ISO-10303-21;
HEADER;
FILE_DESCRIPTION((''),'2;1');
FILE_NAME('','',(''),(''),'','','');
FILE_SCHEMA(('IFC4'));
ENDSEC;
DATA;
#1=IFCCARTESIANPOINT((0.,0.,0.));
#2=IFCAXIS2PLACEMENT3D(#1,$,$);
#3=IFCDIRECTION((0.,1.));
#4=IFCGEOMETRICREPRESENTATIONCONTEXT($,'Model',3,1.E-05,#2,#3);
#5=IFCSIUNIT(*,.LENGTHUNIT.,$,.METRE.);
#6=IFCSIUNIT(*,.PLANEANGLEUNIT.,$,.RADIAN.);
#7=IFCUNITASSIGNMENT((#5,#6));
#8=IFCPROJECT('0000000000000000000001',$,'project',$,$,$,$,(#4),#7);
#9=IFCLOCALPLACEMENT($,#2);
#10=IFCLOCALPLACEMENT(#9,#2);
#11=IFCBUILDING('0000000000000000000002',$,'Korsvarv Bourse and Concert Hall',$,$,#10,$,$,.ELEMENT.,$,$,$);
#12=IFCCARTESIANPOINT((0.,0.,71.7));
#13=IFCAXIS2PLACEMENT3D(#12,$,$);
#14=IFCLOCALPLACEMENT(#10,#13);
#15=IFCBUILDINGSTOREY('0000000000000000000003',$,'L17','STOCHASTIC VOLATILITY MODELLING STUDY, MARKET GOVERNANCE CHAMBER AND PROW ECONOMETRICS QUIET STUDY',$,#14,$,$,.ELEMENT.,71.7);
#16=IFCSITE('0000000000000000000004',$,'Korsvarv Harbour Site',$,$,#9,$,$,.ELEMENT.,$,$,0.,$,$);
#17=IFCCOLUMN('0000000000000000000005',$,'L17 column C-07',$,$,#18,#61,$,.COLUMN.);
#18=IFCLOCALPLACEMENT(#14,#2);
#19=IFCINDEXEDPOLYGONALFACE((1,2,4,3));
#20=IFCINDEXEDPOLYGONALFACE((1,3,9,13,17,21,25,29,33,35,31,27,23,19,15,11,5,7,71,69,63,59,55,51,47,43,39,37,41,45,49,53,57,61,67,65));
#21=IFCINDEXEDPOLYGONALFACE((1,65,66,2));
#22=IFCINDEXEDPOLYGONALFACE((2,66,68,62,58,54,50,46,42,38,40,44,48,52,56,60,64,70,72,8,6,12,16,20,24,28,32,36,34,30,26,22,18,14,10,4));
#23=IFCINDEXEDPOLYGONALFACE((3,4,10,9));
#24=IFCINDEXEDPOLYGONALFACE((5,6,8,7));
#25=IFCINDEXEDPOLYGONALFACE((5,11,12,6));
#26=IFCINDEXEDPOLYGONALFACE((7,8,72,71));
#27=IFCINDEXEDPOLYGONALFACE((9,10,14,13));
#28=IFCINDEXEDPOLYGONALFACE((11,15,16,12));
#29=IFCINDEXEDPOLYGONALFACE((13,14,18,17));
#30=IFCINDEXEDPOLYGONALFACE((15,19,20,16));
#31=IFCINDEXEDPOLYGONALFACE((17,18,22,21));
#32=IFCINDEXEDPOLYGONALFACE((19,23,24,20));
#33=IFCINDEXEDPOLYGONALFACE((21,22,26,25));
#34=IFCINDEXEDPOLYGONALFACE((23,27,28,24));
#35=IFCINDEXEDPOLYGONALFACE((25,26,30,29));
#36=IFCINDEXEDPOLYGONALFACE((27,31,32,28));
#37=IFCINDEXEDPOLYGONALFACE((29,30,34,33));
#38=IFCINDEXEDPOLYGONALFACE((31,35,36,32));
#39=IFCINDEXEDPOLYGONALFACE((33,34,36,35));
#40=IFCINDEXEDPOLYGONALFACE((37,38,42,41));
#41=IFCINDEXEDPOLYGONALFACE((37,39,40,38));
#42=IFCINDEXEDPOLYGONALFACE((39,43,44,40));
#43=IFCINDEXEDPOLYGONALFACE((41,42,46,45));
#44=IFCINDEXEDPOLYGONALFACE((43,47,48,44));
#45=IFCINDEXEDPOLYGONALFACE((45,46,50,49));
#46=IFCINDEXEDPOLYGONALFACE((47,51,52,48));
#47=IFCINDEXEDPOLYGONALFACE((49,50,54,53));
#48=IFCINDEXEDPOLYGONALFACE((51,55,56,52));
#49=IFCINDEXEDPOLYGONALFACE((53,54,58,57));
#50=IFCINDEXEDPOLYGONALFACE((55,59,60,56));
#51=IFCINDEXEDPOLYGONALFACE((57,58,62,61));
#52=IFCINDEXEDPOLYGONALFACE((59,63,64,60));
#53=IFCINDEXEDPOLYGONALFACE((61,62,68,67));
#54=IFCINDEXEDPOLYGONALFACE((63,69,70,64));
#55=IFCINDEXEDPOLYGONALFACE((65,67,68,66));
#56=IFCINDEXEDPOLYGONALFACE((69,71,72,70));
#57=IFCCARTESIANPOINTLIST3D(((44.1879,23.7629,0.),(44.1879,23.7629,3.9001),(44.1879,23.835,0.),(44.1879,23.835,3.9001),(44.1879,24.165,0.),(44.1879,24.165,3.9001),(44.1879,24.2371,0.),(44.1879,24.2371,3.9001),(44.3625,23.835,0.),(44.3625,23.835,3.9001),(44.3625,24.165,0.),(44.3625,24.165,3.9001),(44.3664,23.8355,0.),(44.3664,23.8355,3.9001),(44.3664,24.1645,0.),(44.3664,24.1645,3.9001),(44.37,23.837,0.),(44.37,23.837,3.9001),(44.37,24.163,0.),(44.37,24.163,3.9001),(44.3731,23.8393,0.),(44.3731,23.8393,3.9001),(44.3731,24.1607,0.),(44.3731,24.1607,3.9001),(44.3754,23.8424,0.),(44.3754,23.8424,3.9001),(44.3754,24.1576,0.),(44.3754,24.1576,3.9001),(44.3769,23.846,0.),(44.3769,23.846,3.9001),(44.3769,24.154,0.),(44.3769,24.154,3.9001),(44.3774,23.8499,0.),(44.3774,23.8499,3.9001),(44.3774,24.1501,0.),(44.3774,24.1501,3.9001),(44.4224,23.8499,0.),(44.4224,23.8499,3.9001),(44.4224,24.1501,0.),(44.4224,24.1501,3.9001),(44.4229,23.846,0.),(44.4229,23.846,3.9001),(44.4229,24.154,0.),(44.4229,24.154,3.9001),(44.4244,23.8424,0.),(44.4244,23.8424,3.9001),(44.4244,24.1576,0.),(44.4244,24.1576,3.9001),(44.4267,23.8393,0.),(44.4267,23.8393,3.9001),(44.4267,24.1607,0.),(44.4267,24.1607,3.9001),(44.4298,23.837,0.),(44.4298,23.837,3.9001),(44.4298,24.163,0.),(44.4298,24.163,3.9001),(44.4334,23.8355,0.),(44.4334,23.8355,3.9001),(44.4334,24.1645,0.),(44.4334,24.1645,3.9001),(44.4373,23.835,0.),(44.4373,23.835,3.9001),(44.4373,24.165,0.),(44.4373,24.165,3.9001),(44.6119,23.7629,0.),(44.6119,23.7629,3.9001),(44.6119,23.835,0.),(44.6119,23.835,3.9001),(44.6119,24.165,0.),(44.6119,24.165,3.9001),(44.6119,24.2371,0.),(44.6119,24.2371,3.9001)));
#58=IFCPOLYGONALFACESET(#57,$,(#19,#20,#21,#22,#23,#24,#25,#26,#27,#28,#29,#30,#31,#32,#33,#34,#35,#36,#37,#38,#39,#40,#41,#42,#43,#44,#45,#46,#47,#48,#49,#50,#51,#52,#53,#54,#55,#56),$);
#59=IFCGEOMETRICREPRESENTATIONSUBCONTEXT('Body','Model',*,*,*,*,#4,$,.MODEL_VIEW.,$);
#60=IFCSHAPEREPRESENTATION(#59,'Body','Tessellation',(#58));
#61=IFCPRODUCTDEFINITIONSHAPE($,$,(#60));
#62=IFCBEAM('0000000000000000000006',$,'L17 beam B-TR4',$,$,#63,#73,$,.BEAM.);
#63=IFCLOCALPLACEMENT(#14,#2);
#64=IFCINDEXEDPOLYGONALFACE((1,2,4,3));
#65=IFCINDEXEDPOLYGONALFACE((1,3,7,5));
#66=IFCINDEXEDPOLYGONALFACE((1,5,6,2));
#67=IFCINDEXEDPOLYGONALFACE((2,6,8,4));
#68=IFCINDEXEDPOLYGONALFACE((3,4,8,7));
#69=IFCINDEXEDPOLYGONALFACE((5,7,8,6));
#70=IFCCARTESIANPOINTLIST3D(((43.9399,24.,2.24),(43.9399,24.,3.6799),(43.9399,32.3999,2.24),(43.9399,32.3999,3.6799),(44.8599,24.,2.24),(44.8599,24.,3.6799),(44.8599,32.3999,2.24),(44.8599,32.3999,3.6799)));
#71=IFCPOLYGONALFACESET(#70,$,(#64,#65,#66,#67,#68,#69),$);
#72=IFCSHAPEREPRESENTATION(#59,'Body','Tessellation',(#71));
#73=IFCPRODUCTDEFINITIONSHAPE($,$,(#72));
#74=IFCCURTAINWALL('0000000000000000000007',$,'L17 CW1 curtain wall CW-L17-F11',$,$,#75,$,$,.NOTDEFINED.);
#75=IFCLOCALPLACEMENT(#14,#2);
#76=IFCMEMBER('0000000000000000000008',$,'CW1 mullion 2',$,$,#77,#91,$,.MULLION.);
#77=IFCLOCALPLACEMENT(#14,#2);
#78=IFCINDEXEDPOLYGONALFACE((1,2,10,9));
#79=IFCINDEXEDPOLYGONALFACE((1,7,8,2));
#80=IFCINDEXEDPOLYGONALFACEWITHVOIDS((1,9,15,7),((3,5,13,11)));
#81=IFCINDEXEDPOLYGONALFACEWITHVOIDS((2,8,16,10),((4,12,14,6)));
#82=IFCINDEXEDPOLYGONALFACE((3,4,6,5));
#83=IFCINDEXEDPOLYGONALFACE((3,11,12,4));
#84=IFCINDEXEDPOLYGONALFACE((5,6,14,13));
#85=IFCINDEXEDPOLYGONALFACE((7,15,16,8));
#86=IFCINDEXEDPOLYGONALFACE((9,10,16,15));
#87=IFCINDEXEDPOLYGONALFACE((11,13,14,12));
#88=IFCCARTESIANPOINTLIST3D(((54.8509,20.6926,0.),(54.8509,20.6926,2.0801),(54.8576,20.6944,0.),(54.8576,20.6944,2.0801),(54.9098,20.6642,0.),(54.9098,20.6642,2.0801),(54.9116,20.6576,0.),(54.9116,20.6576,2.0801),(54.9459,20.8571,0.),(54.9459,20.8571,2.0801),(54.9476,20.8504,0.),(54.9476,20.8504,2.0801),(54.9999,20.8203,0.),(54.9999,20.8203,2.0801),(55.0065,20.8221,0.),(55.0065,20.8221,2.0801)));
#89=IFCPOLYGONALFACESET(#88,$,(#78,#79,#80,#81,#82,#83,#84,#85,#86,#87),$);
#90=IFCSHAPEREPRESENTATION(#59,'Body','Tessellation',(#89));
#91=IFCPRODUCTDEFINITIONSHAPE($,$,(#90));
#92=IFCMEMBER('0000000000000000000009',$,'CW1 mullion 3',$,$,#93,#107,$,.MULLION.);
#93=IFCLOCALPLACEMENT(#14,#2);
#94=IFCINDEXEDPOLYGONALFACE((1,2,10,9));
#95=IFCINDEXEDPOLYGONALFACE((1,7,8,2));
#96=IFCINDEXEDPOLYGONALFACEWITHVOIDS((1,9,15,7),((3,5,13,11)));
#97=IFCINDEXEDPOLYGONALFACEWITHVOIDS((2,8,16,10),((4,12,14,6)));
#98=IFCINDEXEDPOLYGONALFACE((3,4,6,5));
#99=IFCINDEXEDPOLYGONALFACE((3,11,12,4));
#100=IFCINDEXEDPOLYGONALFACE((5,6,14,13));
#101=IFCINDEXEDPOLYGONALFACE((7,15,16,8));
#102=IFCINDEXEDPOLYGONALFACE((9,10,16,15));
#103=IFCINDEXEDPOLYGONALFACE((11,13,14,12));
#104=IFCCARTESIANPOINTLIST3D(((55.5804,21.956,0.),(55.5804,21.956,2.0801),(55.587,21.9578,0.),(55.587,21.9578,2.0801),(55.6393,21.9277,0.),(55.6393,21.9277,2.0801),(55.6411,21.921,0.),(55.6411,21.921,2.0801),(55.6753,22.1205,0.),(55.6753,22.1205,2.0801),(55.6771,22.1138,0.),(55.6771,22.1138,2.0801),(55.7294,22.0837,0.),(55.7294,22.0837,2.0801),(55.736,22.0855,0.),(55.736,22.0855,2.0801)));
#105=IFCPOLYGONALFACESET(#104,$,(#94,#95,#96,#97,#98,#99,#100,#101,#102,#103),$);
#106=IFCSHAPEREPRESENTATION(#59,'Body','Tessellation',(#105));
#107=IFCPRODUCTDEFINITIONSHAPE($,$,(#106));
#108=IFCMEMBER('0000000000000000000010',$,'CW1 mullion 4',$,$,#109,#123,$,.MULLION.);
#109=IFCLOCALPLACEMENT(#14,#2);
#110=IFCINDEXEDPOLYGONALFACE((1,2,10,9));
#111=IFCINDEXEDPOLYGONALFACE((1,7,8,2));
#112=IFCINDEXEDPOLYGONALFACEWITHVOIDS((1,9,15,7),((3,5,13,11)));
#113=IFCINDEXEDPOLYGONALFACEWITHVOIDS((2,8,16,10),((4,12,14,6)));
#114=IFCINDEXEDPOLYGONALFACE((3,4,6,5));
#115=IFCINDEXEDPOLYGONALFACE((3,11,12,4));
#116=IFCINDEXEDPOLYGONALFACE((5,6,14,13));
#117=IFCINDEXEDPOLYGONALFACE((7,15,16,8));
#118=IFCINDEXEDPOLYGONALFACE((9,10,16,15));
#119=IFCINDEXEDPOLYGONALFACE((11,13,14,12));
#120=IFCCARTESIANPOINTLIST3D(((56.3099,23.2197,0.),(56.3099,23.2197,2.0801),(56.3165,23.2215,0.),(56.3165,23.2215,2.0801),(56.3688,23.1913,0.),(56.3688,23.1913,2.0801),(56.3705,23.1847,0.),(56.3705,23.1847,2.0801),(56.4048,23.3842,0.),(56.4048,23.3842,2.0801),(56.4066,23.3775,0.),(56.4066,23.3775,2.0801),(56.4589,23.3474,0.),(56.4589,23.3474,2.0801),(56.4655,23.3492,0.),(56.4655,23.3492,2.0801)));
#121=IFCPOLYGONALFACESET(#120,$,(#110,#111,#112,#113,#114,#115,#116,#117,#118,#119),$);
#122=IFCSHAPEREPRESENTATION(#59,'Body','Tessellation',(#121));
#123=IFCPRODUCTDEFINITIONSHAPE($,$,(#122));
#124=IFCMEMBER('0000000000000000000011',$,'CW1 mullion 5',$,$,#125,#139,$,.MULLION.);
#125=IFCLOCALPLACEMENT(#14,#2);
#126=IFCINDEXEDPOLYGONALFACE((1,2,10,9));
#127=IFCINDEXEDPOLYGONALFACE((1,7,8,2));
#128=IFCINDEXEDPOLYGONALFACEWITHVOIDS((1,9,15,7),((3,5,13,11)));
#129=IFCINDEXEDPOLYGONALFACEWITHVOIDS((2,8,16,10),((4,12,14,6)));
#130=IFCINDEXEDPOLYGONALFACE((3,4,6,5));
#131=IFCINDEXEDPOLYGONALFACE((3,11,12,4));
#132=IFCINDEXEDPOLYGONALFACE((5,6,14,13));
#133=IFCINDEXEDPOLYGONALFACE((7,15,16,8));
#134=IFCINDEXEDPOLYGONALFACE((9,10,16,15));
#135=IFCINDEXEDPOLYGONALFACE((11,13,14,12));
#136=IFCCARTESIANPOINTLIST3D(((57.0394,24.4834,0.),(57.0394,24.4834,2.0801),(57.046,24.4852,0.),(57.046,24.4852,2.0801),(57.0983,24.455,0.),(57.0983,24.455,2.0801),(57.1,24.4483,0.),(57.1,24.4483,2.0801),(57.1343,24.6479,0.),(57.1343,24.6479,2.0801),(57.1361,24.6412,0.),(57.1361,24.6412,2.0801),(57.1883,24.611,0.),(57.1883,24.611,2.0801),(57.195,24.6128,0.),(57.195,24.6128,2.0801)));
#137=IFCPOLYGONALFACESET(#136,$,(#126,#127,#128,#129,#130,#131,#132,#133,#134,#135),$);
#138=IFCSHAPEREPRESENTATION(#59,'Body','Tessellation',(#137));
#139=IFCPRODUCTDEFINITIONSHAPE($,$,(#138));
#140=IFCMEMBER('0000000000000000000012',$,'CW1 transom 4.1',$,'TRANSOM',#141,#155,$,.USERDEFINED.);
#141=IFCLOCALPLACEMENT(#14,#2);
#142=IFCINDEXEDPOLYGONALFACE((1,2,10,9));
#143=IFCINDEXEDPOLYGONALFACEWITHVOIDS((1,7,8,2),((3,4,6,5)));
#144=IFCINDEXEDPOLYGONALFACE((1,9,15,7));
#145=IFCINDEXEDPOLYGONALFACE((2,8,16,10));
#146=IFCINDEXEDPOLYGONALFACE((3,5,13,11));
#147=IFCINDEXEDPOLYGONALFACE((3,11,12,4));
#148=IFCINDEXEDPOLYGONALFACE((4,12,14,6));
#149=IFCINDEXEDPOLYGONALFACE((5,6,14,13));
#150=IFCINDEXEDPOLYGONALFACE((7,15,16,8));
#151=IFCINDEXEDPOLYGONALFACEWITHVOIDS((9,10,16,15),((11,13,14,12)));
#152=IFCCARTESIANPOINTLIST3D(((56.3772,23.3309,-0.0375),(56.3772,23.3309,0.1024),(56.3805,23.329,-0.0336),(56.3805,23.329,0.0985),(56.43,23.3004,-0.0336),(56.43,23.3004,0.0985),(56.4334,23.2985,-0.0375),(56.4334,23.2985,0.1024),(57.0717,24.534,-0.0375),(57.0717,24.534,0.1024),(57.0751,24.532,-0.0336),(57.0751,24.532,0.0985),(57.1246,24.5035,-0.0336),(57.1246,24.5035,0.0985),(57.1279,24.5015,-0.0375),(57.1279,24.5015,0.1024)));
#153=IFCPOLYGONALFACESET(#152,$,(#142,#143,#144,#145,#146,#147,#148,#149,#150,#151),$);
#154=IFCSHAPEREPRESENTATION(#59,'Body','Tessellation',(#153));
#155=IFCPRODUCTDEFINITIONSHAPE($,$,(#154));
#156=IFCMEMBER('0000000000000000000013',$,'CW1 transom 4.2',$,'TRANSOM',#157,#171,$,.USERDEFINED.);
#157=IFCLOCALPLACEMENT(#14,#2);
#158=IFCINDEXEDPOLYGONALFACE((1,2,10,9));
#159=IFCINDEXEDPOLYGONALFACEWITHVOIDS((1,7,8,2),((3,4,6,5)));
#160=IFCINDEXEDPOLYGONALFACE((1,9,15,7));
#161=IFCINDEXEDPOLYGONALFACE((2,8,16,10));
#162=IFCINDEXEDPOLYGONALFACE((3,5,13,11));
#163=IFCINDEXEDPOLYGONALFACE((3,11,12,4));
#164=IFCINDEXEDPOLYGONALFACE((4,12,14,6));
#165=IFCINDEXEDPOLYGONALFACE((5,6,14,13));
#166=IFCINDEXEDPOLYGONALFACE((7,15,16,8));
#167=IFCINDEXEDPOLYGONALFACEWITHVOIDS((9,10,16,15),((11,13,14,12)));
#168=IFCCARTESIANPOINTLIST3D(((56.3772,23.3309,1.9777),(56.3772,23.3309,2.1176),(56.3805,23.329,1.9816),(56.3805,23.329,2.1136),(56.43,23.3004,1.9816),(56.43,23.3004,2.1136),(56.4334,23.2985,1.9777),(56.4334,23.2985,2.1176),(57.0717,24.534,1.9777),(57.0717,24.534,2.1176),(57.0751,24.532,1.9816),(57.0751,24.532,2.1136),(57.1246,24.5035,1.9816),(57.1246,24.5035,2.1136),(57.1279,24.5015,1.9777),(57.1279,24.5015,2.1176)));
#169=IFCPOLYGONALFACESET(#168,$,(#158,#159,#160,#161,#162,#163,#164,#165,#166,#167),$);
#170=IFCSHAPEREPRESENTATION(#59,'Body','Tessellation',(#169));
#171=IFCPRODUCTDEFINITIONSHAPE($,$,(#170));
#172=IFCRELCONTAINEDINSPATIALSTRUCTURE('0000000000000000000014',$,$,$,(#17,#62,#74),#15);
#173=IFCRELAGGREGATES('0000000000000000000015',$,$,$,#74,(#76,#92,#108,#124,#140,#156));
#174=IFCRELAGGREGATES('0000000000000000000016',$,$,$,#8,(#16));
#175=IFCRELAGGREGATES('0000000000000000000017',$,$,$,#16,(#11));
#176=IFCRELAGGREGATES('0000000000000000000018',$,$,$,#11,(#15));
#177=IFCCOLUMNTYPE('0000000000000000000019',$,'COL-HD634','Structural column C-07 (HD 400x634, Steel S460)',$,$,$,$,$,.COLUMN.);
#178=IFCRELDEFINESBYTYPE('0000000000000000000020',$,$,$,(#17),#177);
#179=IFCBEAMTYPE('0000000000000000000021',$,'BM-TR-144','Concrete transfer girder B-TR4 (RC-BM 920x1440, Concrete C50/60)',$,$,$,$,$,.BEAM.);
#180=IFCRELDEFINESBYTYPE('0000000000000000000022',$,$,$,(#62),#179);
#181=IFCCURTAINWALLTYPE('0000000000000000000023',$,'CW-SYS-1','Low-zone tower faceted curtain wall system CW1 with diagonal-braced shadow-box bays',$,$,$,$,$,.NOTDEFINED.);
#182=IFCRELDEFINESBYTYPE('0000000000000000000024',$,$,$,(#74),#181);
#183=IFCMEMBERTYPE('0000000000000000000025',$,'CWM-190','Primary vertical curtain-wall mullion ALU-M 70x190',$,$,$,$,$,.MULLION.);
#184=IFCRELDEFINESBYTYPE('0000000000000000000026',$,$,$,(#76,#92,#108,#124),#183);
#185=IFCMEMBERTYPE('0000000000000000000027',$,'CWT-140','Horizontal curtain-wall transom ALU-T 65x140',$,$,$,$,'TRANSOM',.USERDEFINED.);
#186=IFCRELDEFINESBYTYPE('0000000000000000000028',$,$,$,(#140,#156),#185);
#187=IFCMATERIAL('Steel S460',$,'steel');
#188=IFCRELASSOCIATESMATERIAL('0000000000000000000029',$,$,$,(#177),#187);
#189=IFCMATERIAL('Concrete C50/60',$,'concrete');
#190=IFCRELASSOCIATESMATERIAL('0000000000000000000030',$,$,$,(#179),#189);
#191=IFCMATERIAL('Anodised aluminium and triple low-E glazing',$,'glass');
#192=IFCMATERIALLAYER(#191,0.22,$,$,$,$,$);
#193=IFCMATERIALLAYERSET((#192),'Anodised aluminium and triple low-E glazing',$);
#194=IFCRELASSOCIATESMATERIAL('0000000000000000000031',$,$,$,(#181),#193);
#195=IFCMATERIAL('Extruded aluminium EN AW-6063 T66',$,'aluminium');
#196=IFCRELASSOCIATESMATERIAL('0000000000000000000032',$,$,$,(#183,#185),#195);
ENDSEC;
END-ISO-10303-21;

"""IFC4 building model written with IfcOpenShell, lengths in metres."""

from ifc_helpers import new_model, si_unit, direction, frame, origin, origin_2d, place, context, subcontext, project, spatial, rectangle, hollow_rectangle, i_section, extrude, source, transform, mapped, material, layer, layer_set, material_profile, profile_set, type_object, element, aggregate, save


model = new_model("IFC4")

# Units and contexts
model_context = context("Model", 3, precision=1e-05, world=origin(), true_north=direction((0.0, 1.0)))
body_context = subcontext(model_context, "Body", "Model", "MODEL_VIEW")
ifc_project = project(units=[si_unit("LENGTHUNIT", "METRE"), si_unit("PLANEANGLEUNIT", "RADIAN")], contexts=[model_context])

# Site, building, storey
site_placement = place(None, origin())
site = spatial("IfcSite", under=ifc_project, at=site_placement, Name="Korsvarv Harbour Site", CompositionType="ELEMENT", RefElevation=0.0)
building_placement = place(site_placement, origin())
building = spatial("IfcBuilding", under=site, at=building_placement, Name="Korsvarv Bourse and Concert Hall", CompositionType="ELEMENT")
storey_placement = place(building_placement, frame((0.0, 0.0, 71.7)))
storey = spatial("IfcBuildingStorey", under=building, at=storey_placement, Name="L17", Description="STOCHASTIC VOLATILITY MODELLING STUDY, MARKET GOVERNANCE CHAMBER AND PROW ECONOMETRICS QUIET STUDY", CompositionType="ELEMENT", Elevation=71.7)

# Column
ifc_material_1 = material(Name="Steel S460", Category="steel")
ifc_material_profile_1 = material_profile(ifc_material_1, i_section(OverallWidth=0.4241, OverallDepth=0.4741, WebThickness=0.0449, FlangeThickness=0.072, FilletRadius=0.0149, at=origin_2d()), Name="HD 400x634")
ifc_profile_set_1 = profile_set([ifc_material_profile_1], Name="Steel S460")
column_type = type_object("IfcColumnType", Name="COL-HD634", Description="Structural column C-07 (HD 400x634, Steel S460)", PredefinedType="COLUMN", material=ifc_profile_set_1)
shared_shape_1 = source(origin(), body_context, "Body", "SweptSolid", [
    extrude(i_section(OverallWidth=0.4241, OverallDepth=0.4741, WebThickness=0.0449, FlangeThickness=0.072, FilletRadius=0.0149, at=origin_2d()), origin(), (0.0, 0.0, 1.0), 3.9001),
])
column_placement = place(storey_placement, frame((44.3999, 24.0, 0.0), z_axis=(0.0, 0.0, 1.0), x_axis=(1.0, 0.0, 0.0)))
element("IfcColumn", 1, at=column_placement, inside=storey, type_object=column_type, Name="L17 column C-07", PredefinedType="COLUMN", context=body_context, shape_type="MappedRepresentation", body=[
    mapped(shared_shape_1, transform((0.0, 0.0, 0.0), scale=1.0)),
])

# Beam
ifc_material_2 = material(Name="Concrete C50/60", Category="concrete")
ifc_material_profile_2 = material_profile(ifc_material_2, rectangle(XDim=0.9199, YDim=1.4399, at=origin_2d()), Name="RC-BM 920x1440")
ifc_profile_set_2 = profile_set([ifc_material_profile_2], Name="Concrete C50/60")
beam_type = type_object("IfcBeamType", Name="BM-TR-144", Description="Concrete transfer girder B-TR4 (RC-BM 920x1440, Concrete C50/60)", PredefinedType="BEAM", material=ifc_profile_set_2)
shared_shape_2 = source(origin(), body_context, "Body", "SweptSolid", [
    extrude(rectangle(XDim=0.9199, YDim=1.4399, at=origin_2d()), origin(), (0.0, 0.0, 1.0), 8.3999),
])
beam_placement = place(storey_placement, frame((44.3999, 24.0, 2.96), z_axis=(0.0, 1.0, 0.0), x_axis=(-1.0, 0.0, 0.0)))
element("IfcBeam", 2, at=beam_placement, inside=storey, type_object=beam_type, Name="L17 beam B-TR4", PredefinedType="BEAM", context=body_context, shape_type="MappedRepresentation", body=[
    mapped(shared_shape_2, transform((0.0, 0.0, 0.0), scale=1.0)),
])

# Curtain wall, members
ifc_material_3 = material(Name="Anodised aluminium and triple low-E glazing", Category="glass")
ifc_layer_1 = layer(ifc_material_3, 0.22)
ifc_layer_set_1 = layer_set([ifc_layer_1], Name="Anodised aluminium and triple low-E glazing")
curtain_wall_type = type_object("IfcCurtainWallType", Name="CW-SYS-1", Description="Low-zone tower faceted curtain wall system CW1 with diagonal-braced shadow-box bays", PredefinedType="NOTDEFINED", material=ifc_layer_set_1)
curtain_wall_placement = place(storey_placement, origin())
curtain_wall = element("IfcCurtainWall", 3, at=curtain_wall_placement, inside=storey, type_object=curtain_wall_type, Name="L17 CW1 curtain wall CW-L17-F11", PredefinedType="NOTDEFINED")
ifc_material_4 = material(Name="Extruded aluminium EN AW-6063 T66", Category="aluminium")
ifc_material_profile_3 = material_profile(ifc_material_4, hollow_rectangle(XDim=0.0701, YDim=0.1899, WallThickness=0.0049, at=origin_2d()), Name="ALU-M 70x190")
ifc_profile_set_3 = profile_set([ifc_material_profile_3], Name="Extruded aluminium EN AW-6063 T66")
member_type_1 = type_object("IfcMemberType", Name="CWM-190", Description="Primary vertical curtain-wall mullion ALU-M 70x190", PredefinedType="MULLION", material=ifc_profile_set_3)
shared_shape_3 = source(origin(), body_context, "Body", "SweptSolid", [
    extrude(hollow_rectangle(XDim=0.0701, YDim=0.1899, WallThickness=0.0049, at=origin_2d()), origin(), (0.0, 0.0, 1.0), 2.0801),
])
member_1_placement = place(storey_placement, frame((54.9287, 20.7573, 0.0), z_axis=(0.0, 0.0, 1.0), x_axis=(-0.866022, 0.500006, 0.0)))
member_1 = element("IfcMember", 4, at=member_1_placement, type_object=member_type_1, Name="CW1 mullion 2", PredefinedType="MULLION", context=body_context, shape_type="MappedRepresentation", body=[
    mapped(shared_shape_3, transform((0.0, 0.0, 0.0), scale=1.0)),
])
member_2_placement = place(storey_placement, frame((55.6582, 22.0208, 0.0), z_axis=(0.0, 0.0, 1.0), x_axis=(-0.866022, 0.500006, 0.0)))
member_2 = element("IfcMember", 5, at=member_2_placement, type_object=member_type_1, Name="CW1 mullion 3", PredefinedType="MULLION", context=body_context, shape_type="MappedRepresentation", body=[
    mapped(shared_shape_3, transform((0.0, 0.0, 0.0), scale=1.0)),
])
member_3_placement = place(storey_placement, frame((56.3877, 23.2844, 0.0), z_axis=(0.0, 0.0, 1.0), x_axis=(-0.866022, 0.500006, 0.0)))
member_3 = element("IfcMember", 6, at=member_3_placement, type_object=member_type_1, Name="CW1 mullion 4", PredefinedType="MULLION", context=body_context, shape_type="MappedRepresentation", body=[
    mapped(shared_shape_3, transform((0.0, 0.0, 0.0), scale=1.0)),
])
member_4_placement = place(storey_placement, frame((57.1172, 24.5481, 0.0), z_axis=(0.0, 0.0, 1.0), x_axis=(-0.866022, 0.500006, 0.0)))
member_4 = element("IfcMember", 7, at=member_4_placement, type_object=member_type_1, Name="CW1 mullion 5", PredefinedType="MULLION", context=body_context, shape_type="MappedRepresentation", body=[
    mapped(shared_shape_3, transform((0.0, 0.0, 0.0), scale=1.0)),
])
ifc_material_profile_4 = material_profile(ifc_material_4, hollow_rectangle(XDim=0.0649, YDim=0.1399, WallThickness=0.0039, at=origin_2d()), Name="ALU-T 65x140")
ifc_profile_set_4 = profile_set([ifc_material_profile_4], Name="Extruded aluminium EN AW-6063 T66")
member_type_2 = type_object("IfcMemberType", Name="CWT-140", Description="Horizontal curtain-wall transom ALU-T 65x140", ElementType="TRANSOM", PredefinedType="USERDEFINED", material=ifc_profile_set_4)
shared_shape_4 = source(origin(), body_context, "Body", "SweptSolid", [
    extrude(hollow_rectangle(XDim=0.0649, YDim=0.1399, WallThickness=0.0039, at=origin_2d()), origin(), (0.0, 0.0, 1.0), 1.3892),
])
member_5_placement = place(storey_placement, frame((56.4053, 23.3147, 0.0325), z_axis=(0.499976, 0.866039, 0.0), x_axis=(-0.866039, 0.499976, 0.0)))
member_5 = element("IfcMember", 8, at=member_5_placement, type_object=member_type_2, Name="CW1 transom 4.1", ObjectType="TRANSOM", PredefinedType="USERDEFINED", context=body_context, shape_type="MappedRepresentation", body=[
    mapped(shared_shape_4, transform((0.0, 0.0, 0.0), scale=1.0)),
])
member_6_placement = place(storey_placement, frame((56.4053, 23.3147, 2.0476), z_axis=(0.499976, 0.866039, 0.0), x_axis=(-0.866039, 0.499976, 0.0)))
member_6 = element("IfcMember", 9, at=member_6_placement, type_object=member_type_2, Name="CW1 transom 4.2", ObjectType="TRANSOM", PredefinedType="USERDEFINED", context=body_context, shape_type="MappedRepresentation", body=[
    mapped(shared_shape_4, transform((0.0, 0.0, 0.0), scale=1.0)),
])
aggregate(curtain_wall, [member_1, member_2, member_3, member_4, member_5, member_6])

save(model, "model.ifc")
